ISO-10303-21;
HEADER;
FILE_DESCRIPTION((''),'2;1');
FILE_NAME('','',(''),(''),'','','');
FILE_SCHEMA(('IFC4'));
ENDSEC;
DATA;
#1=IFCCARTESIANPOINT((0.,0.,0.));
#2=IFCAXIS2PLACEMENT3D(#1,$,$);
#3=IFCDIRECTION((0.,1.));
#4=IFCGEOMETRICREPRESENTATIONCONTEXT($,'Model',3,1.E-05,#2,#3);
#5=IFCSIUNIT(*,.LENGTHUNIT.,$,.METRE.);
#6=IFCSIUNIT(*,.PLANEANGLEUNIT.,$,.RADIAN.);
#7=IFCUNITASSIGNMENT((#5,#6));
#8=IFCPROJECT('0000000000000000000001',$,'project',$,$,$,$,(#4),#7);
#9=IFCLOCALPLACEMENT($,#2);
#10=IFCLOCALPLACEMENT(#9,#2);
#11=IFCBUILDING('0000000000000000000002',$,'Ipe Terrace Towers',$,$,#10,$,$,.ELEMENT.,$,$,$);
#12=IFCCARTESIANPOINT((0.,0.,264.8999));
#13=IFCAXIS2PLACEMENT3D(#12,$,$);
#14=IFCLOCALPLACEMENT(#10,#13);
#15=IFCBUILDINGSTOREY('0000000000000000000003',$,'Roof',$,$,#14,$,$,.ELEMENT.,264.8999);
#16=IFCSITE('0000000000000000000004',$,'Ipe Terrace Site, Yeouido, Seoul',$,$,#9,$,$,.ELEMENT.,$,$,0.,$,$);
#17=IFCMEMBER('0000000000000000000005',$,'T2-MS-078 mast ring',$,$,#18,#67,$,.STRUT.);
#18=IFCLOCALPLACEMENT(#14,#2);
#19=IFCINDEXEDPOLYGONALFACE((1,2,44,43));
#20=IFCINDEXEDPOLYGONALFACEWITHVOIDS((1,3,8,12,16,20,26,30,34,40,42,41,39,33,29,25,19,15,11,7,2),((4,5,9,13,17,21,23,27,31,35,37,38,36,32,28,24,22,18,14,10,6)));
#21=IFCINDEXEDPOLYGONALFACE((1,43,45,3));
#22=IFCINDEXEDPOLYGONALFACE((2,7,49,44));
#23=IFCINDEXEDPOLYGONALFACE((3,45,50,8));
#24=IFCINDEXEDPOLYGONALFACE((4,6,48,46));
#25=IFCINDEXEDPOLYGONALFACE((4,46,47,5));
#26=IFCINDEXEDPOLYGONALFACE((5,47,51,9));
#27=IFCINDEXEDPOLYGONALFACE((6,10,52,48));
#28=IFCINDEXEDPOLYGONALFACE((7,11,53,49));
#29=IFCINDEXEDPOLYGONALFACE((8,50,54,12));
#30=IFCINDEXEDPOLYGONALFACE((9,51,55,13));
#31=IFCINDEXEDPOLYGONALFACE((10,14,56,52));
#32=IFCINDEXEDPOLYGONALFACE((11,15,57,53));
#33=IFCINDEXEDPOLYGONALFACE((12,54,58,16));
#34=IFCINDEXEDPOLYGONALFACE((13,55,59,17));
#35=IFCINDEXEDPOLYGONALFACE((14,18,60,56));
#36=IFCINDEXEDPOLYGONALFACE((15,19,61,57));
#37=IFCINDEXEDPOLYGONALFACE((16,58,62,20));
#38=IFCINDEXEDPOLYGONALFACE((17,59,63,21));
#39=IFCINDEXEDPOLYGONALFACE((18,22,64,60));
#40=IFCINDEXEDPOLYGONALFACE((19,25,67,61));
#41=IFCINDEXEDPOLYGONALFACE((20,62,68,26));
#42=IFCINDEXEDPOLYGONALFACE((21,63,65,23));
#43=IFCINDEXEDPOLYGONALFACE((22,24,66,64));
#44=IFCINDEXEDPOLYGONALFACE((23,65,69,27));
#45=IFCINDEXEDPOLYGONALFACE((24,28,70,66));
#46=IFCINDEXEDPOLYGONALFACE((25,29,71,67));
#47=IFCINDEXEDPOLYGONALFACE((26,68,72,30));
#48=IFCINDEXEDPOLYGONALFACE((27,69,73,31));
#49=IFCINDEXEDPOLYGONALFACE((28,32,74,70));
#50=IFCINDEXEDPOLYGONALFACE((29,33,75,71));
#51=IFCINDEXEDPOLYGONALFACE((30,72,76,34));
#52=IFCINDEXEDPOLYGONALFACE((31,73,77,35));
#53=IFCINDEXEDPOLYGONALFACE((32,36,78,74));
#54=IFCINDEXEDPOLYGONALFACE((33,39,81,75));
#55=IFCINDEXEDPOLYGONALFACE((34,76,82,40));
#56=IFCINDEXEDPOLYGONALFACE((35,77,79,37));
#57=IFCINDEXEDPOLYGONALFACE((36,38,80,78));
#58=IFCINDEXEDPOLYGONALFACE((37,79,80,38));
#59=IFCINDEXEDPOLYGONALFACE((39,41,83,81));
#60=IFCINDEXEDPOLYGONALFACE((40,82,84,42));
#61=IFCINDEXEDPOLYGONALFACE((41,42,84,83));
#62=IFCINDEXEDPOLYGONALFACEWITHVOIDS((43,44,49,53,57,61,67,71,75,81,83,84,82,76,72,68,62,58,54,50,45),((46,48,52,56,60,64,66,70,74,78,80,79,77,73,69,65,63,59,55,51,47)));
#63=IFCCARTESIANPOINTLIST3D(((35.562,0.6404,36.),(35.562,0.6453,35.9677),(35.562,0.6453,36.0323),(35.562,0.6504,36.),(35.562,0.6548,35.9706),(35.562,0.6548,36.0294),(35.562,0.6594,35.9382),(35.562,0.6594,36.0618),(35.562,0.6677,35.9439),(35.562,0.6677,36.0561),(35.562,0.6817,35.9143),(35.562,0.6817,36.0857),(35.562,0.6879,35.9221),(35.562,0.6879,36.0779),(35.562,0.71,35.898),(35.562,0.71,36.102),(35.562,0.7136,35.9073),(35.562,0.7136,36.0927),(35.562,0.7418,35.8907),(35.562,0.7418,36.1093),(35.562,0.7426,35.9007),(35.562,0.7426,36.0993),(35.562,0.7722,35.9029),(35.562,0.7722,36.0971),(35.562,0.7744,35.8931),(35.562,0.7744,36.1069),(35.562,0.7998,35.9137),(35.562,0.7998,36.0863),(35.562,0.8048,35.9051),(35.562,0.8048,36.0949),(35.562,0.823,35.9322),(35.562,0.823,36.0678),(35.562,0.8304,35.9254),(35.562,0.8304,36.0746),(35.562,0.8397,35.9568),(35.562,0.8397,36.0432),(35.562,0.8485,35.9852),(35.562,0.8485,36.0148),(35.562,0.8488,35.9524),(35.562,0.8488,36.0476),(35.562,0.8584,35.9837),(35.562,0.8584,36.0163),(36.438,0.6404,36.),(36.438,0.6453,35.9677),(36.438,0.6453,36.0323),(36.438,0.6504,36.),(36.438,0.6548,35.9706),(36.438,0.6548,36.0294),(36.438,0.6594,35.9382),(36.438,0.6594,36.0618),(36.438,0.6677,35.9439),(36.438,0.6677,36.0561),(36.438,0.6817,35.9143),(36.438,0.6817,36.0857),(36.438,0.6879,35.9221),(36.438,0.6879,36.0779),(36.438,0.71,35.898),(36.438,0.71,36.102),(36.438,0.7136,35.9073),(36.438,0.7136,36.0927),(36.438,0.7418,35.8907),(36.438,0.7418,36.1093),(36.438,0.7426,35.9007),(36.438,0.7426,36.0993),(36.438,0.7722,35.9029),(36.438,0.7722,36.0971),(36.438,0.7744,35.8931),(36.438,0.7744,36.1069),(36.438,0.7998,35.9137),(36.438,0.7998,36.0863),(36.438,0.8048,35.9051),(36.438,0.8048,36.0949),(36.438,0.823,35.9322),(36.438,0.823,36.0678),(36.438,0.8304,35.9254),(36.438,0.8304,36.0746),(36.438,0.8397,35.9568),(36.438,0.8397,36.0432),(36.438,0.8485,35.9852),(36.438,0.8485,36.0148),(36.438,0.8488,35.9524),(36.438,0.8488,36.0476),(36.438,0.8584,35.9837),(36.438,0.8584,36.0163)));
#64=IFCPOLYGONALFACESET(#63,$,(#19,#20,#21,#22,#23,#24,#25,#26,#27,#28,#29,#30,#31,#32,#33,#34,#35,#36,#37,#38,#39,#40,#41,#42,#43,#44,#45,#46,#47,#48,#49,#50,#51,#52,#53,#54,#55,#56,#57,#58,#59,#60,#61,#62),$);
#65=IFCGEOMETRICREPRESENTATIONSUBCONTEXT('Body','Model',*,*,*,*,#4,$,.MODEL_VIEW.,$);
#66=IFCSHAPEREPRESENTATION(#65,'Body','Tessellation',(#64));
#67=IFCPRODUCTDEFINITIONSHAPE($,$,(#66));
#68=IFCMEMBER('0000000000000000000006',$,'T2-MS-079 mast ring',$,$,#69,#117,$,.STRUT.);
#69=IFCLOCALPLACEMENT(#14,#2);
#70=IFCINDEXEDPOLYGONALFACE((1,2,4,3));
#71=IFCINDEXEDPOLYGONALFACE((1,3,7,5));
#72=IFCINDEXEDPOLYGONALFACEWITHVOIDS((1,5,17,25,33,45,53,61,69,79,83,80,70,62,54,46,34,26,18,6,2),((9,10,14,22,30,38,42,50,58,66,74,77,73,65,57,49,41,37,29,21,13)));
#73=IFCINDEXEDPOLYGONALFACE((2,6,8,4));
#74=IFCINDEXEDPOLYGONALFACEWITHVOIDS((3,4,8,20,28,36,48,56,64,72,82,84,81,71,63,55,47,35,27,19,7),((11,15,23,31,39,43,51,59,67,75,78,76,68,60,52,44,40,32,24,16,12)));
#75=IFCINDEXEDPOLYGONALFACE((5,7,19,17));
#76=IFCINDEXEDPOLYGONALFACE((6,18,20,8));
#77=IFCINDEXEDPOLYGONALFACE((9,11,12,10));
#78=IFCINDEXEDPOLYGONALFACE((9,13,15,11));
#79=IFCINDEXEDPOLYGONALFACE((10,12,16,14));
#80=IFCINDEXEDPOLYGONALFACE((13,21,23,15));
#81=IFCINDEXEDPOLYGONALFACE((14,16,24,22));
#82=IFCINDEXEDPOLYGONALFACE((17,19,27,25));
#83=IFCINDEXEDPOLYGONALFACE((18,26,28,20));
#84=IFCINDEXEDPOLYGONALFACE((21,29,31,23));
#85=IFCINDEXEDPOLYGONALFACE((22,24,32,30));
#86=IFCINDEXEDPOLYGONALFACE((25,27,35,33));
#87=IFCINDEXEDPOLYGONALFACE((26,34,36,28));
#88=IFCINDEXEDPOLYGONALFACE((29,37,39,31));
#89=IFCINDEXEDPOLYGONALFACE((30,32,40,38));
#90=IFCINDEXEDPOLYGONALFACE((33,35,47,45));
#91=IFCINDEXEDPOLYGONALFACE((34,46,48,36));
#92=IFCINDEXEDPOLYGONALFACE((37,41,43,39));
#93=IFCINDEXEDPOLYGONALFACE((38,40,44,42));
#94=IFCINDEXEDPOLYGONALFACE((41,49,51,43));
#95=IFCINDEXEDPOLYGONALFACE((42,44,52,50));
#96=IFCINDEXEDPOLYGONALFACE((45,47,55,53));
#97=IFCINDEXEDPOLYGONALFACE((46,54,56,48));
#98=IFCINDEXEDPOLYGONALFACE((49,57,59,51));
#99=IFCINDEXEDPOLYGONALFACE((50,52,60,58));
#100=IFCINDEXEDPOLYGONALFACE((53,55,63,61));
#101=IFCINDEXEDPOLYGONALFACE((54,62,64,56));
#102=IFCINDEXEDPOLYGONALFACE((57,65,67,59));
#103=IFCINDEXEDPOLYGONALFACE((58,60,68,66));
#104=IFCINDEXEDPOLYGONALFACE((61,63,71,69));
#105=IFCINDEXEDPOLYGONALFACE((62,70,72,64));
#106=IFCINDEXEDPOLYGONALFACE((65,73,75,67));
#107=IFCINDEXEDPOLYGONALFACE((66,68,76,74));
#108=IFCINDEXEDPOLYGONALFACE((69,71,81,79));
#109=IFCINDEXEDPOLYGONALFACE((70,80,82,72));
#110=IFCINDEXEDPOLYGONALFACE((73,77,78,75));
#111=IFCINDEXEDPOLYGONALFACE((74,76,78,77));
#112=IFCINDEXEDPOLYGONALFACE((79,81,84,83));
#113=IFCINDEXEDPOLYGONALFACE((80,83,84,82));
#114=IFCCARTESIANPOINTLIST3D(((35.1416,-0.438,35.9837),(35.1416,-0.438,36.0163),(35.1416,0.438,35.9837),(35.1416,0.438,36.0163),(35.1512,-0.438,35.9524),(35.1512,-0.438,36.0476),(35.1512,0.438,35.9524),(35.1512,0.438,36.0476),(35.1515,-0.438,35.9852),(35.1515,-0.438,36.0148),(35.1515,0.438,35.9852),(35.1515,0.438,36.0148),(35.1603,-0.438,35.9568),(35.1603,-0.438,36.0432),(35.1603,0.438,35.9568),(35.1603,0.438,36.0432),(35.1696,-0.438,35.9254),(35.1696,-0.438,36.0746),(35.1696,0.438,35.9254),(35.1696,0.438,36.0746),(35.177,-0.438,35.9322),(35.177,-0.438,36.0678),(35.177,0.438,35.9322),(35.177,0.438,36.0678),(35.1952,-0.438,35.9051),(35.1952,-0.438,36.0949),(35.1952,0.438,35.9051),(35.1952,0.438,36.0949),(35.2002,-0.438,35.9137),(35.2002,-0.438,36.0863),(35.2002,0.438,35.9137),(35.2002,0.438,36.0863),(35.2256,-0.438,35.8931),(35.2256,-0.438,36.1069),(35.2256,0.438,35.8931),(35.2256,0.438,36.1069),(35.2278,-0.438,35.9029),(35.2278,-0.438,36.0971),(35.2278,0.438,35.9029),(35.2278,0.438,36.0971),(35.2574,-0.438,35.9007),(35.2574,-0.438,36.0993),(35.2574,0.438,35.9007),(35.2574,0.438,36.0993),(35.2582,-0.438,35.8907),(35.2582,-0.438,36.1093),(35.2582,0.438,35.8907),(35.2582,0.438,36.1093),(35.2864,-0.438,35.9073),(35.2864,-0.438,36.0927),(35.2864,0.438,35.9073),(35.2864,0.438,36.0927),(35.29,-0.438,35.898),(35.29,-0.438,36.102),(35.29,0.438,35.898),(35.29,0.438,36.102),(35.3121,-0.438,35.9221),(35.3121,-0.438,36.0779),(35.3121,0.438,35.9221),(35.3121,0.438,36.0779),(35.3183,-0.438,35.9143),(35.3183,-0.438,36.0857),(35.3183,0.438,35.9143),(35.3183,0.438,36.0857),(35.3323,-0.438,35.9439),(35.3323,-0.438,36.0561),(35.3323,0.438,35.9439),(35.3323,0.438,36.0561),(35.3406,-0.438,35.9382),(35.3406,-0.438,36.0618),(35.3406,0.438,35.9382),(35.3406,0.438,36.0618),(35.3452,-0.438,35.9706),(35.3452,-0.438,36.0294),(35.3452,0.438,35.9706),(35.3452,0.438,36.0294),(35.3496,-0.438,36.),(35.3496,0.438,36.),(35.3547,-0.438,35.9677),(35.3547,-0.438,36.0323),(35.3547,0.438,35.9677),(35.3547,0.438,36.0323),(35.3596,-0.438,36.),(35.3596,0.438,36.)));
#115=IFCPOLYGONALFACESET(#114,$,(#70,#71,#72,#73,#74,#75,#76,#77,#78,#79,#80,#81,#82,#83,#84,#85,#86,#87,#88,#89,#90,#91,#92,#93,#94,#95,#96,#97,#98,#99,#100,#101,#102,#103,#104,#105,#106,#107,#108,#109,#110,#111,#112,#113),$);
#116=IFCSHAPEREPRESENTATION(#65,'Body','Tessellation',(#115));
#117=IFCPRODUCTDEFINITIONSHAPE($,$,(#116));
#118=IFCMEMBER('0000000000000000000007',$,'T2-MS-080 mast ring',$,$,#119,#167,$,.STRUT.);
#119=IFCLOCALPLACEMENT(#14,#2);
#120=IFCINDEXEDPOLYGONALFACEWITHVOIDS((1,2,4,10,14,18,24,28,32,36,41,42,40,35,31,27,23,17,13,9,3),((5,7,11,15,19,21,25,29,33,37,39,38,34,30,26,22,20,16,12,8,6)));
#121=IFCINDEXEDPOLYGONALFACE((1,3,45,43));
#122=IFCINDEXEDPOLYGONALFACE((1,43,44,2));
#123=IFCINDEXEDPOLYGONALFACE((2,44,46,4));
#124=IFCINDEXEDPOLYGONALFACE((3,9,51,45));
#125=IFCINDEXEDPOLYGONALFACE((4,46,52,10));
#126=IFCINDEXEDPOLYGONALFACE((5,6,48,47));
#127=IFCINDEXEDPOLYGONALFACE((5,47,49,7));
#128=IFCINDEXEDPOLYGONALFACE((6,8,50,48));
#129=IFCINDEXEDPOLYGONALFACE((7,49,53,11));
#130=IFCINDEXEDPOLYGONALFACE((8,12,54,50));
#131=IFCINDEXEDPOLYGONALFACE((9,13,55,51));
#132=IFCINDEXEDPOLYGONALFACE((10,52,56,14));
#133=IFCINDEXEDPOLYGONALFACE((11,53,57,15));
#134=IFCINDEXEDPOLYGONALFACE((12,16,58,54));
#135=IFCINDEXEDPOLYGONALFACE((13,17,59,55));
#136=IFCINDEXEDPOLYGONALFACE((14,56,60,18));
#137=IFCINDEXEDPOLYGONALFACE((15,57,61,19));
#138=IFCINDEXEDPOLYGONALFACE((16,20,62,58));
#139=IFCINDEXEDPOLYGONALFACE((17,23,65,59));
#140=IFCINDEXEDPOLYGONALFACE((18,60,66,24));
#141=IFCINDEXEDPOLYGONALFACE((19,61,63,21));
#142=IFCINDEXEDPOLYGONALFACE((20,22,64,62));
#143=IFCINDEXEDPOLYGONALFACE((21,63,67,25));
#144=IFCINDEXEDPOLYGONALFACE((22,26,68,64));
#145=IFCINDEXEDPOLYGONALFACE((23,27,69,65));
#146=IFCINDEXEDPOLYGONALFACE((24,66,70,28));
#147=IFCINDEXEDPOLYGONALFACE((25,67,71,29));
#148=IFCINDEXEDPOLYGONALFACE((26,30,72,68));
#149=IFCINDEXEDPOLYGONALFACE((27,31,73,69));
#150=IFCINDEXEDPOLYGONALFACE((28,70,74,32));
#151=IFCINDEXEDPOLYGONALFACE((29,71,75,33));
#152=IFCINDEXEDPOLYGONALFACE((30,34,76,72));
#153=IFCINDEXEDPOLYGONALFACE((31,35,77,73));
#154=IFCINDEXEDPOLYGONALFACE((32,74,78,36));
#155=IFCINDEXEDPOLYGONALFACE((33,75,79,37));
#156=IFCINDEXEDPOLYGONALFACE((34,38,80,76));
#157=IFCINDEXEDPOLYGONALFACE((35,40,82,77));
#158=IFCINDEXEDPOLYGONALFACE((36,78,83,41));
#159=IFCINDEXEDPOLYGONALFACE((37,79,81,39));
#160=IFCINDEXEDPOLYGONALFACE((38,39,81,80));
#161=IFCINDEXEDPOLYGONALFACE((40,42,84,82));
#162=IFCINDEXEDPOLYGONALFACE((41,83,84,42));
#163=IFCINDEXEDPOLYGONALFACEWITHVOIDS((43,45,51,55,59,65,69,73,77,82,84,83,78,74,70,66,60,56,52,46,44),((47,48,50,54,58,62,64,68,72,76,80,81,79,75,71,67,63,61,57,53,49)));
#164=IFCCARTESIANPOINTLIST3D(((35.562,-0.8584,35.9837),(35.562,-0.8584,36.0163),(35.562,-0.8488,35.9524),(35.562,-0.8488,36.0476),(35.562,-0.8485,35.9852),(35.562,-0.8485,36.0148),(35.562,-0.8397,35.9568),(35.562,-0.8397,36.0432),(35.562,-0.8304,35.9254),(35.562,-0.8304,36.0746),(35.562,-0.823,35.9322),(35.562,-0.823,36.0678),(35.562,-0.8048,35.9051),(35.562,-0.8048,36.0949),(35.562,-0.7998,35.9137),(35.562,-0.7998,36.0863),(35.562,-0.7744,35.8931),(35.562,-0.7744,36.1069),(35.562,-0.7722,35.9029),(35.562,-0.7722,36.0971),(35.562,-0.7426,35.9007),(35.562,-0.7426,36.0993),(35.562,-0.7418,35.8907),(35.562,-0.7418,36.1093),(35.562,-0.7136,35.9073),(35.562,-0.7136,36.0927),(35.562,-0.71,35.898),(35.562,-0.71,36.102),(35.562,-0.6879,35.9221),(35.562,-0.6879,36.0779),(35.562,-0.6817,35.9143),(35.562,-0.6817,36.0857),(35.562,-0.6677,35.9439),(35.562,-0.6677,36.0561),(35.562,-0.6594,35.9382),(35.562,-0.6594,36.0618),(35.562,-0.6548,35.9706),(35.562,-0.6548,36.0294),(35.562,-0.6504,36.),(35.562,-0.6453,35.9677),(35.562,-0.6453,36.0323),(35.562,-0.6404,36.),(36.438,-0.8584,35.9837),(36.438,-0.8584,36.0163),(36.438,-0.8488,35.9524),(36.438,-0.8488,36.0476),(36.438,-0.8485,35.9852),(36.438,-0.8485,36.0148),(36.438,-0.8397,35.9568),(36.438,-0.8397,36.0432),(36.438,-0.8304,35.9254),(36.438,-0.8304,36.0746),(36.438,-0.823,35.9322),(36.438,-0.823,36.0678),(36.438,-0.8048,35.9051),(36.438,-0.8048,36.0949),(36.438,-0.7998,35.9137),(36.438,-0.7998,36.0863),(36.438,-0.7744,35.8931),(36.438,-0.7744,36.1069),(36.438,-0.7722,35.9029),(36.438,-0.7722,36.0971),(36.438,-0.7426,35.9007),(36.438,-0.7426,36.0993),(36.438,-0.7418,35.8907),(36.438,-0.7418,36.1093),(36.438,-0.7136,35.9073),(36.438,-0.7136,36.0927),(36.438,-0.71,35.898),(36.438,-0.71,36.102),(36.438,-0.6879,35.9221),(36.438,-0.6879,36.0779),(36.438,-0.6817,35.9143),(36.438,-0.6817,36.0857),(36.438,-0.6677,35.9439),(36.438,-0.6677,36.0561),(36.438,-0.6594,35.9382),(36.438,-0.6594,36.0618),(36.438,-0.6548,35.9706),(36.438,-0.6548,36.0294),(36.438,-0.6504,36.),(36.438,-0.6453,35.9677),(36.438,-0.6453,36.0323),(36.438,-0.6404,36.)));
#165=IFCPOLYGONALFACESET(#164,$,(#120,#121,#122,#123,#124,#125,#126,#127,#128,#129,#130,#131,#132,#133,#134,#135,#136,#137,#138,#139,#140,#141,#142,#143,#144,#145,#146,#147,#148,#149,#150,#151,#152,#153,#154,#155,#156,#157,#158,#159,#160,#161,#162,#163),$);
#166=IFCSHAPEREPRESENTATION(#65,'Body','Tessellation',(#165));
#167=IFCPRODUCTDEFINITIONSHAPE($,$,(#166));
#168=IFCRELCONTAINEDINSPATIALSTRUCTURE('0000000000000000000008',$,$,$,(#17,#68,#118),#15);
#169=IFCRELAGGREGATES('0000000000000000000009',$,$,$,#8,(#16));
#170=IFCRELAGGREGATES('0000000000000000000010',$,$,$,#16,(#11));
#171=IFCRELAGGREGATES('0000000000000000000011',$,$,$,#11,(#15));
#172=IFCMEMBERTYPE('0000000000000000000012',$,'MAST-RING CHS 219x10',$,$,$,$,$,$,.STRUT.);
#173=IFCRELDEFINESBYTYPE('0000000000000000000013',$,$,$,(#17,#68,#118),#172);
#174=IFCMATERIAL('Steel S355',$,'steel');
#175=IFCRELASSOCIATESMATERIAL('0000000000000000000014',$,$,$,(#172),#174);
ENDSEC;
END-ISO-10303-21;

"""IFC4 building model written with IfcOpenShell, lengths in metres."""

from ifc_helpers import new_model, si_unit, direction, frame, origin, origin_2d, place, context, subcontext, project, spatial, hollow_circle, extrude, material, material_profile, profile_set, type_object, element, save


model = new_model("IFC4")

# Units and contexts
model_context = context("Model", 3, precision=1e-05, world=origin(), true_north=direction((0.0, 1.0)))
body_context = subcontext(model_context, "Body", "Model", "MODEL_VIEW")
ifc_project = project(units=[si_unit("LENGTHUNIT", "METRE"), si_unit("PLANEANGLEUNIT", "RADIAN")], contexts=[model_context])

# Site, building, storey
site_placement = place(None, origin())
site = spatial("IfcSite", under=ifc_project, at=site_placement, Name="Ipe Terrace Site, Yeouido, Seoul", CompositionType="ELEMENT", RefElevation=0.0)
building_placement = place(site_placement, origin())
building = spatial("IfcBuilding", under=site, at=building_placement, Name="Ipe Terrace Towers", CompositionType="ELEMENT")
storey_placement = place(building_placement, frame((0.0, 0.0, 264.8999)))
storey = spatial("IfcBuildingStorey", under=building, at=storey_placement, Name="Roof", CompositionType="ELEMENT", Elevation=264.8999)

# Members
ifc_material_1 = material(Name="Steel S355", Category="steel")
ifc_material_profile_1 = material_profile(ifc_material_1, hollow_circle(Radius=0.1096, WallThickness=0.01, at=origin_2d()), Name="MAST-RING CHS 219x10")
ifc_profile_set_1 = profile_set([ifc_material_profile_1], Name="Steel S355")
member_type_1 = type_object("IfcMemberType", Name="MAST-RING CHS 219x10", PredefinedType="STRUT", material=ifc_profile_set_1)
for number, where, z_axis, x_axis, name in (
    (1, (36.438, 0.75, 36.0), (-1.0, 0.0, 0.0), (0.0, -1.0, 0.0), "T2-MS-078 mast ring"),
    (2, (35.25, 0.438, 36.0), (0.0, -1.0, 0.0), (1.0, 0.0, 0.0), "T2-MS-079 mast ring"),
    (3, (35.562, -0.75, 36.0), (1.0, 0.0, 0.0), (0.0, 1.0, 0.0), "T2-MS-080 mast ring"),
):
    element("IfcMember", number, at=place(storey_placement, frame(where, z_axis=z_axis, x_axis=x_axis)), inside=storey, type_object=member_type_1, Name=name, PredefinedType="STRUT", context=body_context, shape_type="SweptSolid", body=[
        extrude(hollow_circle(Radius=0.1096, WallThickness=0.01, at=origin_2d()), origin(), (0.0, 0.0, 1.0), 0.876),
    ])

save(model, "model.ifc")
